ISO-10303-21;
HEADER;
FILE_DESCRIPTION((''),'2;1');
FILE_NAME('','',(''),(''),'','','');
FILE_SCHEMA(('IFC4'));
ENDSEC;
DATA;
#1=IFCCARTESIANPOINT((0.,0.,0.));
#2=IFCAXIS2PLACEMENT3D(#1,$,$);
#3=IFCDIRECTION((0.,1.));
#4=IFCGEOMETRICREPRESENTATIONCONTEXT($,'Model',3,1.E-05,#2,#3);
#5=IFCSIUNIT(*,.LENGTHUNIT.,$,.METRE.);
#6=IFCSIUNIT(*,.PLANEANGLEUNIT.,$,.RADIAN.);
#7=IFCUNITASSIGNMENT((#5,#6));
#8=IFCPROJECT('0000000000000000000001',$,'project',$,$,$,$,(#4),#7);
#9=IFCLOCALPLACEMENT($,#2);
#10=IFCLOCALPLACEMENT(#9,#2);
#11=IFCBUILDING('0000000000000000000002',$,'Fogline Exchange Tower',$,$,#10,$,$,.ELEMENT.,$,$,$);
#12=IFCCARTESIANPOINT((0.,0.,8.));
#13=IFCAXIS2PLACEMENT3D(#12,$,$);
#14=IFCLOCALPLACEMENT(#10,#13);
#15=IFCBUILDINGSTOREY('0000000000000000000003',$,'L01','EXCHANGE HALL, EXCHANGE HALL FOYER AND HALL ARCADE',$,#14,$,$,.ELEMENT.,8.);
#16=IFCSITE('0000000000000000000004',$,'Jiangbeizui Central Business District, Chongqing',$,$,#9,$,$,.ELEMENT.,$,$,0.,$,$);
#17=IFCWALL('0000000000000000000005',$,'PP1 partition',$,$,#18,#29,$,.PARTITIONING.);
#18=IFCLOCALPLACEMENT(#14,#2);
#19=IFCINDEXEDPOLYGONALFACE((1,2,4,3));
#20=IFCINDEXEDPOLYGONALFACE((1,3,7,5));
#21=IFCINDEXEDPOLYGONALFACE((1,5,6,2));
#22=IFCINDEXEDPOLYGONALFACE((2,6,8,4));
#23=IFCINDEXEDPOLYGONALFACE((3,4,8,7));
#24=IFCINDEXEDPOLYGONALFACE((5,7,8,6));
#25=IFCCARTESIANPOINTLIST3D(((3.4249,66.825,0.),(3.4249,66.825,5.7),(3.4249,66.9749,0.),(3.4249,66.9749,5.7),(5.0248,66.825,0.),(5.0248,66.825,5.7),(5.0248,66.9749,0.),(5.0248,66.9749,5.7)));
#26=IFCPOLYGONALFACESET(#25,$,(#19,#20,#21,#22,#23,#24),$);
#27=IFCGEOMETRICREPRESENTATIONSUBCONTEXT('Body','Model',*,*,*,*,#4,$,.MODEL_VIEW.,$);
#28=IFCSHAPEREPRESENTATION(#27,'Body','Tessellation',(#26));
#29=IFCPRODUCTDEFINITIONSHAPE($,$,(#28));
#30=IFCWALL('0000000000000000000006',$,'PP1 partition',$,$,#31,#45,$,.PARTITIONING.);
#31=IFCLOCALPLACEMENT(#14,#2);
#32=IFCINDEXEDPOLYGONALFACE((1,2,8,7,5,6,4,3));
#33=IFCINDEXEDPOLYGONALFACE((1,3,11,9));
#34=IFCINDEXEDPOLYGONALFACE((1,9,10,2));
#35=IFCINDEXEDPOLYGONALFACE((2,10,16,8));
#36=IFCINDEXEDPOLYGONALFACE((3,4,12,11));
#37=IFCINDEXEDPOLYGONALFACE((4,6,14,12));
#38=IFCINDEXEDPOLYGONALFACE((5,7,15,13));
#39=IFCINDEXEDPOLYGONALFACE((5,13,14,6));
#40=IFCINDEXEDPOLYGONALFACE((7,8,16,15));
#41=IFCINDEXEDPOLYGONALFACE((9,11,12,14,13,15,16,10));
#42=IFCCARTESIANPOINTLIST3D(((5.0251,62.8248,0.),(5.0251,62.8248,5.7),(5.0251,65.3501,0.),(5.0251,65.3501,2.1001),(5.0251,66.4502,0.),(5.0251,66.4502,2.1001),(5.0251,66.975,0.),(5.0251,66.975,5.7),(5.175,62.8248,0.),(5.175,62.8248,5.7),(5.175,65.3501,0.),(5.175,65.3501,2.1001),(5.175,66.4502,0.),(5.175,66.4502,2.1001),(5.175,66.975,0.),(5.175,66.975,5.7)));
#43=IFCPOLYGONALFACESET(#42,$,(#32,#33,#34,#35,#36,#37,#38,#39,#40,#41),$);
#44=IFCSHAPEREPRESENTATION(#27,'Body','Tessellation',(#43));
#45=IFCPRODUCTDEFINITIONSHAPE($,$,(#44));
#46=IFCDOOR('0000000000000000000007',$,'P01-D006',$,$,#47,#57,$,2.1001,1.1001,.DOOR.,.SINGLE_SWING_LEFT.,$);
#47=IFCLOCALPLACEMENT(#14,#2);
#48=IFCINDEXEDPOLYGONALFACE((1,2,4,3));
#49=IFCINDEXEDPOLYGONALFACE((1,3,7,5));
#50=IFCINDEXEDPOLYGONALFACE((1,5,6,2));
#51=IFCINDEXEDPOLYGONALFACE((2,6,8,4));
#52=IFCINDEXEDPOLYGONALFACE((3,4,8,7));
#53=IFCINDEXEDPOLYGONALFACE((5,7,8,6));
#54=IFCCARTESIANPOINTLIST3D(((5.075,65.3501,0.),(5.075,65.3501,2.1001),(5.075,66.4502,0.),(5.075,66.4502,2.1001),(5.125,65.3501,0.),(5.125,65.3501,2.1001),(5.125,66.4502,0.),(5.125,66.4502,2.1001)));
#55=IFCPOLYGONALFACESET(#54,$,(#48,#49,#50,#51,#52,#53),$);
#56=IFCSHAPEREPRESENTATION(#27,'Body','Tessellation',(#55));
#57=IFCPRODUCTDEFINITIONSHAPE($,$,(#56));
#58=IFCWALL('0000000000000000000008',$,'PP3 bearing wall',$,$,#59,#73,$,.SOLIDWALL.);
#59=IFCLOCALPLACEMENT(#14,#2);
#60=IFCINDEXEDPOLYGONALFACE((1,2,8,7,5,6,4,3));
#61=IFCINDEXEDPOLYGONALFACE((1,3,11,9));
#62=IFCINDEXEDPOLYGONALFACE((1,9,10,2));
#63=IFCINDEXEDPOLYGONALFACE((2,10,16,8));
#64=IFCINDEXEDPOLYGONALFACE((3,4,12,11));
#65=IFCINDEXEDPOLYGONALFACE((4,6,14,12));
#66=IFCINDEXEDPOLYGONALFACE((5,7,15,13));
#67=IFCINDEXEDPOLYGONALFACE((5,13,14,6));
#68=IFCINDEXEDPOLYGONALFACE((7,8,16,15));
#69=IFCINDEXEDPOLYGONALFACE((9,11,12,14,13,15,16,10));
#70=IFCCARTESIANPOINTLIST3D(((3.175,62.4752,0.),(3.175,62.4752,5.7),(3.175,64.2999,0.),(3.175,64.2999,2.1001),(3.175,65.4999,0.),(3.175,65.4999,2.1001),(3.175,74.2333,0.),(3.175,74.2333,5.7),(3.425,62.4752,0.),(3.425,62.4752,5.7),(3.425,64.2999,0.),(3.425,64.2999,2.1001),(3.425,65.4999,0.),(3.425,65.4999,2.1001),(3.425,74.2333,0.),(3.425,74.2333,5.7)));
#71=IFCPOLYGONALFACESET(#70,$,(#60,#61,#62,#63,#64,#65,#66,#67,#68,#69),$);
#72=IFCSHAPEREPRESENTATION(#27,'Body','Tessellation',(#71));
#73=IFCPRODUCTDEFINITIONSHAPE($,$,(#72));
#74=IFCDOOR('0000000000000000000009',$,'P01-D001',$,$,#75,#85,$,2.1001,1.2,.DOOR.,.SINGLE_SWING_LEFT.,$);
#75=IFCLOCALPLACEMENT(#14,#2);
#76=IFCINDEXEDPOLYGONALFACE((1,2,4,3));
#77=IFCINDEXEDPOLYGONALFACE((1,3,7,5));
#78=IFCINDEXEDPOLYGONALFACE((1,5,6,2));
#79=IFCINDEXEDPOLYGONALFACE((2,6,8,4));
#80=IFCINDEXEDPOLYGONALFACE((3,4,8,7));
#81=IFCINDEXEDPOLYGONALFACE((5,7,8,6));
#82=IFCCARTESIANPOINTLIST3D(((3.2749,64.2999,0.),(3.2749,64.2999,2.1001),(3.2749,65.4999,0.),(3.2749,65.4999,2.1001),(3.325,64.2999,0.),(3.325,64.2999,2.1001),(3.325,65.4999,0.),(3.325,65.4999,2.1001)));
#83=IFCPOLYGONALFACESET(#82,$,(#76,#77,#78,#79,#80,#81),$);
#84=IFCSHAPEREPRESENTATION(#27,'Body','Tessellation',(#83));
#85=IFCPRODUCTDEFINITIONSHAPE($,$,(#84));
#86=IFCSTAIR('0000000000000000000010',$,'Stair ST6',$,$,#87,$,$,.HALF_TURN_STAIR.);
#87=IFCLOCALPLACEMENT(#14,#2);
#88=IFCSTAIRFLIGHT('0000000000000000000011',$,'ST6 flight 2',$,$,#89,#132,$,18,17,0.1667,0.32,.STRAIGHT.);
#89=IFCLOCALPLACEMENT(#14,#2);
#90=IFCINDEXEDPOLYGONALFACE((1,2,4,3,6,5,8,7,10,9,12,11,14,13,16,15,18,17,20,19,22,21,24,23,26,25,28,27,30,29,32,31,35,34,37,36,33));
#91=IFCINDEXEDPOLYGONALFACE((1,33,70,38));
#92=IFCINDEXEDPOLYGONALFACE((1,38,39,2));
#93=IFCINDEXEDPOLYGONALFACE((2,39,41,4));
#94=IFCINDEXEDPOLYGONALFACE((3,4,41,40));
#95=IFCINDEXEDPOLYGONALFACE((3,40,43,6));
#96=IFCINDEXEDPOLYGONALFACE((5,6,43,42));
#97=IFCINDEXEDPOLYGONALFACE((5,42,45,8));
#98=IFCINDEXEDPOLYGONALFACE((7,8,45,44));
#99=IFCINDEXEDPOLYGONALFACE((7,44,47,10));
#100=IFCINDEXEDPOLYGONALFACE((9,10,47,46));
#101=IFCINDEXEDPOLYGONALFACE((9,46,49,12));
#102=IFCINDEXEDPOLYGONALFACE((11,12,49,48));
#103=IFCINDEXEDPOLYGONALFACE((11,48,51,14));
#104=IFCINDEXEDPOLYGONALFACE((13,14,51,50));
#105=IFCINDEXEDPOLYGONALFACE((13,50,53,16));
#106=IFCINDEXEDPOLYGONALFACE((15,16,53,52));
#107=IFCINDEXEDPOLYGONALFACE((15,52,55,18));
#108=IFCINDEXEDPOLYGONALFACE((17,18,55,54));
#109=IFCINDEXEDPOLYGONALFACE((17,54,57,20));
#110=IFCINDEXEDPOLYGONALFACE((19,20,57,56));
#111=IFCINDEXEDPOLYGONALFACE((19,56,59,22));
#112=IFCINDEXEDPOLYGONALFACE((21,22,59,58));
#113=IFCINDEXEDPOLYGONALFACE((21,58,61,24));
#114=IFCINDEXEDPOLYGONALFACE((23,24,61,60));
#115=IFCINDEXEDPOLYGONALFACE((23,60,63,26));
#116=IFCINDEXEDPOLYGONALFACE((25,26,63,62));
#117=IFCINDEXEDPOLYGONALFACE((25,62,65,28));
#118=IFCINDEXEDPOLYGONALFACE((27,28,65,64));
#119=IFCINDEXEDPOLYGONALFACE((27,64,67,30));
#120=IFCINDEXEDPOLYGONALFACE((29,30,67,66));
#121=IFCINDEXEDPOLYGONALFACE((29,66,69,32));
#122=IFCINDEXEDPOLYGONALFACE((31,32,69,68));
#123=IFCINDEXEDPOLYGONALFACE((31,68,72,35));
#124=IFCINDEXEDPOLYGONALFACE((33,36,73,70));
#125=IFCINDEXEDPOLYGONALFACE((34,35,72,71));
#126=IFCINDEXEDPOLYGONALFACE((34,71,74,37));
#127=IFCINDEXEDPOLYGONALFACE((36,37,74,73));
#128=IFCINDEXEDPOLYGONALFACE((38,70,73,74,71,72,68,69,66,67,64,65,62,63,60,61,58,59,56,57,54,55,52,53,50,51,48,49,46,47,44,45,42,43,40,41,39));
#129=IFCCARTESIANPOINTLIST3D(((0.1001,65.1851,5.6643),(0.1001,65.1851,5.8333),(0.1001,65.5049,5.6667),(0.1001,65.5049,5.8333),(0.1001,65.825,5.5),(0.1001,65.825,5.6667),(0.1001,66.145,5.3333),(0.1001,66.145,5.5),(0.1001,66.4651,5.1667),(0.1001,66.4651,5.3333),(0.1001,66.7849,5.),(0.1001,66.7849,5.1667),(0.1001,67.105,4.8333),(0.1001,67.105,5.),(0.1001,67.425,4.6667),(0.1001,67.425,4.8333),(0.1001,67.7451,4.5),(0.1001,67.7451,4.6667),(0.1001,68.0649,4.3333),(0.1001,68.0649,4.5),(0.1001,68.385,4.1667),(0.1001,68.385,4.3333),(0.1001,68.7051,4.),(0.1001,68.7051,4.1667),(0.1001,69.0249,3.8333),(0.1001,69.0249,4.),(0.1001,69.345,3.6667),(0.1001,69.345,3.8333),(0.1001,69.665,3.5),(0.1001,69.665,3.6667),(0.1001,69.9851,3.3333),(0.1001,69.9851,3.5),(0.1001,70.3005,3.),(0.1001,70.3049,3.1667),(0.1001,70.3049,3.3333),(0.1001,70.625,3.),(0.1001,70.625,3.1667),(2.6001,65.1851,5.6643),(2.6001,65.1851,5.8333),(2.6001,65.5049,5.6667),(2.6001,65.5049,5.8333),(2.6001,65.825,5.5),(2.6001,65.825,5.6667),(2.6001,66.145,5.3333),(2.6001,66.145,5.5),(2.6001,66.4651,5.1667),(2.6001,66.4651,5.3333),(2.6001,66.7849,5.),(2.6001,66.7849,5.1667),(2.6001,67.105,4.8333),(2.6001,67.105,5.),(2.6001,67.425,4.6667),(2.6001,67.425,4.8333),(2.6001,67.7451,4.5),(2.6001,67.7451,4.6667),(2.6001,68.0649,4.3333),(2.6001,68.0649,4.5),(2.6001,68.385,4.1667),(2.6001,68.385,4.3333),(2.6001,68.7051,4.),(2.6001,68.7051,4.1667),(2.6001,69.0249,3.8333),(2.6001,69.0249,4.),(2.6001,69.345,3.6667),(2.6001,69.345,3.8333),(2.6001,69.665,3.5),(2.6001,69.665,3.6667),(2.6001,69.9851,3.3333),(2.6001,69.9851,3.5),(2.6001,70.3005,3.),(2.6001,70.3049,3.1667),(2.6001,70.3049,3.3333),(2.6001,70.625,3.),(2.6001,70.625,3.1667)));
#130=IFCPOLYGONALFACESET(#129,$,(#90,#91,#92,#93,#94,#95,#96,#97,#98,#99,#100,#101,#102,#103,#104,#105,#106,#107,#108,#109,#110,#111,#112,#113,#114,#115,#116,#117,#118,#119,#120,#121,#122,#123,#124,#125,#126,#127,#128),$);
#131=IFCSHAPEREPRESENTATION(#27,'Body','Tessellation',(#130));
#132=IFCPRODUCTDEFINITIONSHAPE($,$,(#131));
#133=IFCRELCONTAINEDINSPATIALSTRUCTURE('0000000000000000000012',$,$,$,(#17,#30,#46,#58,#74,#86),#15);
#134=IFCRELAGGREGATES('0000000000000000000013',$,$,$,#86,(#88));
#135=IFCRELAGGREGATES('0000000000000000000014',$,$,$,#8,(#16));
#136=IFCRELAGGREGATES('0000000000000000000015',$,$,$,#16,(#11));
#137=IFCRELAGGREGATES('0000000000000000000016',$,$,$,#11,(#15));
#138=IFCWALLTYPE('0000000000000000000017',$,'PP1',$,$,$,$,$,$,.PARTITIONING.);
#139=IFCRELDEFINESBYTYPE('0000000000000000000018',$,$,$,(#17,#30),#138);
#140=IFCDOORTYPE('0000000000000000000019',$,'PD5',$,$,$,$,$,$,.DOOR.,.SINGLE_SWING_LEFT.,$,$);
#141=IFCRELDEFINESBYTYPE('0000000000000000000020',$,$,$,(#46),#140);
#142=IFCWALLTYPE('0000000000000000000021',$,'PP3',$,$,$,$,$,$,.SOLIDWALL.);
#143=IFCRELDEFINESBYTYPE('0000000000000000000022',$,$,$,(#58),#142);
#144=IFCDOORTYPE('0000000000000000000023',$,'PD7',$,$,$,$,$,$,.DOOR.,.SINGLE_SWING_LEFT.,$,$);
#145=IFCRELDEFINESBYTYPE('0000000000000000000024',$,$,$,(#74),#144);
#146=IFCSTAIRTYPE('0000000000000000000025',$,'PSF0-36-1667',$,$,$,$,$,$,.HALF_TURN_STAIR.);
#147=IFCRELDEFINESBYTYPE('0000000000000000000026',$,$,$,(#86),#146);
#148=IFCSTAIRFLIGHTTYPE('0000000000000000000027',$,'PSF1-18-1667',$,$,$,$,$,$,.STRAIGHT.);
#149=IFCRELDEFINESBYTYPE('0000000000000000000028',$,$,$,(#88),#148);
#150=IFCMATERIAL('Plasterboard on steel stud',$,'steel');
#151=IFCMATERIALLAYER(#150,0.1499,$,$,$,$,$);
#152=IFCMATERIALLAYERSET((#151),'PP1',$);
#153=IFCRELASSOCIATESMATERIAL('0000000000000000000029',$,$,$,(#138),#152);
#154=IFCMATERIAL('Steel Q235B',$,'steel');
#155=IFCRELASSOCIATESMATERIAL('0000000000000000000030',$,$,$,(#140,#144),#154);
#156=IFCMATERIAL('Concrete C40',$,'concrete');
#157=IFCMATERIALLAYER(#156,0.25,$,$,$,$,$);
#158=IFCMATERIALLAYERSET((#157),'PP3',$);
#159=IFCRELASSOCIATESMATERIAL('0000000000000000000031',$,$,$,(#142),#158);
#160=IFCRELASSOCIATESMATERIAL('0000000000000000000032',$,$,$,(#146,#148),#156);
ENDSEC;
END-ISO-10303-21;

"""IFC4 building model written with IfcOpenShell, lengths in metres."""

from ifc_helpers import new_model, si_unit, direction, frame, frame_2d, origin, place, context, subcontext, project, spatial, polyline, rectangle, outline, extrude, material, layer, layer_set, type_object, element, fill, aggregate, save


model = new_model("IFC4")

# Units and contexts
model_context = context("Model", 3, precision=1e-05, world=origin(), true_north=direction((0.0, 1.0)))
body_context = subcontext(model_context, "Body", "Model", "MODEL_VIEW")
ifc_project = project(units=[si_unit("LENGTHUNIT", "METRE"), si_unit("PLANEANGLEUNIT", "RADIAN")], contexts=[model_context])

# Site, building, storey
site_placement = place(None, origin())
site = spatial("IfcSite", under=ifc_project, at=site_placement, Name="Jiangbeizui Central Business District, Chongqing", CompositionType="ELEMENT", RefElevation=0.0)
building_placement = place(site_placement, origin())
building = spatial("IfcBuilding", under=site, at=building_placement, Name="Fogline Exchange Tower", CompositionType="ELEMENT")
storey_placement = place(building_placement, frame((0.0, 0.0, 8.0)))
storey = spatial("IfcBuildingStorey", under=building, at=storey_placement, Name="L01", Description="EXCHANGE HALL, EXCHANGE HALL FOYER AND HALL ARCADE", CompositionType="ELEMENT", Elevation=8.0)

# Wall
ifc_material_1 = material(Name="Plasterboard on steel stud", Category="steel")
ifc_layer_1 = layer(ifc_material_1, 0.1499)
ifc_layer_set_1 = layer_set([ifc_layer_1], Name="PP1")
wall_type_1 = type_object("IfcWallType", Name="PP1", PredefinedType="PARTITIONING", material=ifc_layer_set_1)
wall_1_placement = place(storey_placement, frame((3.425, 66.8999, 0.0), z_axis=(0.0, 0.0, 1.0), x_axis=(1.0, 0.0, 0.0)))
element("IfcWall", 1, at=wall_1_placement, inside=storey, type_object=wall_type_1, Name="PP1 partition", PredefinedType="PARTITIONING", context=body_context, shape_type="SweptSolid", body=[
    extrude(rectangle(XDim=1.5999, YDim=0.1499, at=frame_2d((0.7998, 0.0))), origin(), (0.0, 0.0, 1.0), 5.7),
])

# Walls, openings, doors
wall_2_placement = place(storey_placement, frame((5.1001, 66.9751, 0.0), z_axis=(0.0, 0.0, 1.0), x_axis=(0.0, -1.0, 0.0)))
wall_2 = element("IfcWall", 2, at=wall_2_placement, inside=storey, type_object=wall_type_1, Name="PP1 partition", PredefinedType="PARTITIONING", context=body_context, shape_type="SweptSolid", body=[
    extrude(rectangle(XDim=4.1501, YDim=0.1499, at=frame_2d((2.0752, 0.0))), origin(), (0.0, 0.0, 1.0), 5.7),
])
opening_1_placement = place(wall_2_placement, frame((0.5249, 0.0, 0.0)))
opening_1 = element("IfcOpeningElement", 3, at=opening_1_placement, cuts=wall_2, PredefinedType="OPENING", context=body_context, shape_type="SweptSolid", body=[
    extrude(rectangle(XDim=1.1001, YDim=2.1001, at=frame_2d((0.55, 1.05))), frame((0.0, 0.085, 0.0), z_axis=(0.0, -1.0, 0.0), x_axis=(1.0, 0.0, 0.0)), (0.0, 0.0, 1.0), 0.1699),
])
ifc_material_2 = material(Name="Steel Q235B", Category="steel")
door_type_1 = type_object("IfcDoorType", Name="PD5", OperationType="SINGLE_SWING_LEFT", PredefinedType="DOOR", material=ifc_material_2)
door_1_placement = place(opening_1_placement, origin())
door_1 = element("IfcDoor", 4, at=door_1_placement, inside=storey, type_object=door_type_1, Name="P01-D006", OperationType="SINGLE_SWING_LEFT", OverallHeight=2.1001, OverallWidth=1.1001, PredefinedType="DOOR", context=body_context, shape_type="SweptSolid", body=[
    extrude(rectangle(XDim=1.1001, YDim=2.1001, at=frame_2d((0.55, 1.05))), frame((0.0, 0.0249, 0.0), z_axis=(0.0, -1.0, 0.0), x_axis=(1.0, 0.0, 0.0)), (0.0, 0.0, 1.0), 0.05),
])
fill(opening_1, door_1)
ifc_material_3 = material(Name="Concrete C40", Category="concrete")
ifc_layer_2 = layer(ifc_material_3, 0.25)
ifc_layer_set_2 = layer_set([ifc_layer_2], Name="PP3")
wall_type_2 = type_object("IfcWallType", Name="PP3", PredefinedType="SOLIDWALL", material=ifc_layer_set_2)
wall_3_placement = place(storey_placement, frame((3.3, 74.2332, 0.0), z_axis=(0.0, 0.0, 1.0), x_axis=(0.0, -1.0, 0.0)))
wall_3 = element("IfcWall", 5, at=wall_3_placement, inside=storey, type_object=wall_type_2, Name="PP3 bearing wall", PredefinedType="SOLIDWALL", context=body_context, shape_type="SweptSolid", body=[
    extrude(rectangle(XDim=11.7581, YDim=0.25, at=frame_2d((5.8789, 0.0))), origin(), (0.0, 0.0, 1.0), 5.7),
])
opening_2_placement = place(wall_3_placement, frame((8.7332, 0.0, 0.0)))
opening_2 = element("IfcOpeningElement", 6, at=opening_2_placement, cuts=wall_3, PredefinedType="OPENING", context=body_context, shape_type="SweptSolid", body=[
    extrude(rectangle(XDim=1.2, YDim=2.1001, at=frame_2d((0.6001, 1.05))), frame((0.0, 0.135, 0.0), z_axis=(0.0, -1.0, 0.0), x_axis=(1.0, 0.0, 0.0)), (0.0, 0.0, 1.0), 0.27),
])
door_type_2 = type_object("IfcDoorType", Name="PD7", OperationType="SINGLE_SWING_LEFT", PredefinedType="DOOR", material=ifc_material_2)
door_2_placement = place(opening_2_placement, origin())
door_2 = element("IfcDoor", 7, at=door_2_placement, inside=storey, type_object=door_type_2, Name="P01-D001", OperationType="SINGLE_SWING_LEFT", OverallHeight=2.1001, OverallWidth=1.2, PredefinedType="DOOR", context=body_context, shape_type="SweptSolid", body=[
    extrude(rectangle(XDim=1.2, YDim=2.1001, at=frame_2d((0.6001, 1.05))), frame((0.0, 0.0249, 0.0), z_axis=(0.0, -1.0, 0.0), x_axis=(1.0, 0.0, 0.0)), (0.0, 0.0, 1.0), 0.05),
])
fill(opening_2, door_2)

# Stair, stair flight
stair_type = type_object("IfcStairType", Name="PSF0-36-1667", PredefinedType="HALF_TURN_STAIR", material=ifc_material_3)
stair_placement = place(storey_placement, origin())
stair = element("IfcStair", 8, at=stair_placement, inside=storey, type_object=stair_type, Name="Stair ST6", PredefinedType="HALF_TURN_STAIR")
stair_flight_type = type_object("IfcStairFlightType", Name="PSF1-18-1667", PredefinedType="STRAIGHT", material=ifc_material_3)
stair_flight_placement = place(storey_placement, frame((1.3501, 70.625, 3.0), z_axis=(0.0, 0.0, 1.0), x_axis=(0.0, -1.0, 0.0)))
stair_flight = element("IfcStairFlight", 9, at=stair_flight_placement, type_object=stair_flight_type, Name="ST6 flight 2", NumberOfRisers=18, NumberOfTreads=17, PredefinedType="STRAIGHT", RiserHeight=0.1667, TreadLength=0.32, context=body_context, shape_type="SweptSolid", body=[
    extrude(outline(polyline([(0.0, 0.0), (0.0, 0.1667), (0.3201, 0.1667), (0.3201, 0.3333), (0.6399, 0.3333), (0.6399, 0.5), (0.96, 0.5), (0.96, 0.6667), (1.28, 0.6667), (1.28, 0.8333), (1.6001, 0.8333), (1.6001, 1.0), (1.9199, 1.0), (1.9199, 1.1667), (2.24, 1.1667), (2.24, 1.3333), (2.5601, 1.3333), (2.5601, 1.5), (2.8799, 1.5), (2.8799, 1.6667), (3.2, 1.6667), (3.2, 1.8333), (3.52, 1.8333), (3.52, 2.0), (3.8401, 2.0), (3.8401, 2.1667), (4.1599, 2.1667), (4.1599, 2.3333), (4.48, 2.3333), (4.48, 2.5), (4.8, 2.5), (4.8, 2.6667), (5.1201, 2.6667), (5.1201, 2.8333), (5.4399, 2.8333), (5.4399, 3.0), (5.4399, 2.6643), (0.3245, 0.0), (0.0, 0.0)])), frame((0.0, 1.25, 0.0), z_axis=(0.0, -1.0, 0.0), x_axis=(1.0, 0.0, 0.0)), (0.0, 0.0, 1.0), 2.5),
])
aggregate(stair, [stair_flight])

save(model, "model.ifc")
